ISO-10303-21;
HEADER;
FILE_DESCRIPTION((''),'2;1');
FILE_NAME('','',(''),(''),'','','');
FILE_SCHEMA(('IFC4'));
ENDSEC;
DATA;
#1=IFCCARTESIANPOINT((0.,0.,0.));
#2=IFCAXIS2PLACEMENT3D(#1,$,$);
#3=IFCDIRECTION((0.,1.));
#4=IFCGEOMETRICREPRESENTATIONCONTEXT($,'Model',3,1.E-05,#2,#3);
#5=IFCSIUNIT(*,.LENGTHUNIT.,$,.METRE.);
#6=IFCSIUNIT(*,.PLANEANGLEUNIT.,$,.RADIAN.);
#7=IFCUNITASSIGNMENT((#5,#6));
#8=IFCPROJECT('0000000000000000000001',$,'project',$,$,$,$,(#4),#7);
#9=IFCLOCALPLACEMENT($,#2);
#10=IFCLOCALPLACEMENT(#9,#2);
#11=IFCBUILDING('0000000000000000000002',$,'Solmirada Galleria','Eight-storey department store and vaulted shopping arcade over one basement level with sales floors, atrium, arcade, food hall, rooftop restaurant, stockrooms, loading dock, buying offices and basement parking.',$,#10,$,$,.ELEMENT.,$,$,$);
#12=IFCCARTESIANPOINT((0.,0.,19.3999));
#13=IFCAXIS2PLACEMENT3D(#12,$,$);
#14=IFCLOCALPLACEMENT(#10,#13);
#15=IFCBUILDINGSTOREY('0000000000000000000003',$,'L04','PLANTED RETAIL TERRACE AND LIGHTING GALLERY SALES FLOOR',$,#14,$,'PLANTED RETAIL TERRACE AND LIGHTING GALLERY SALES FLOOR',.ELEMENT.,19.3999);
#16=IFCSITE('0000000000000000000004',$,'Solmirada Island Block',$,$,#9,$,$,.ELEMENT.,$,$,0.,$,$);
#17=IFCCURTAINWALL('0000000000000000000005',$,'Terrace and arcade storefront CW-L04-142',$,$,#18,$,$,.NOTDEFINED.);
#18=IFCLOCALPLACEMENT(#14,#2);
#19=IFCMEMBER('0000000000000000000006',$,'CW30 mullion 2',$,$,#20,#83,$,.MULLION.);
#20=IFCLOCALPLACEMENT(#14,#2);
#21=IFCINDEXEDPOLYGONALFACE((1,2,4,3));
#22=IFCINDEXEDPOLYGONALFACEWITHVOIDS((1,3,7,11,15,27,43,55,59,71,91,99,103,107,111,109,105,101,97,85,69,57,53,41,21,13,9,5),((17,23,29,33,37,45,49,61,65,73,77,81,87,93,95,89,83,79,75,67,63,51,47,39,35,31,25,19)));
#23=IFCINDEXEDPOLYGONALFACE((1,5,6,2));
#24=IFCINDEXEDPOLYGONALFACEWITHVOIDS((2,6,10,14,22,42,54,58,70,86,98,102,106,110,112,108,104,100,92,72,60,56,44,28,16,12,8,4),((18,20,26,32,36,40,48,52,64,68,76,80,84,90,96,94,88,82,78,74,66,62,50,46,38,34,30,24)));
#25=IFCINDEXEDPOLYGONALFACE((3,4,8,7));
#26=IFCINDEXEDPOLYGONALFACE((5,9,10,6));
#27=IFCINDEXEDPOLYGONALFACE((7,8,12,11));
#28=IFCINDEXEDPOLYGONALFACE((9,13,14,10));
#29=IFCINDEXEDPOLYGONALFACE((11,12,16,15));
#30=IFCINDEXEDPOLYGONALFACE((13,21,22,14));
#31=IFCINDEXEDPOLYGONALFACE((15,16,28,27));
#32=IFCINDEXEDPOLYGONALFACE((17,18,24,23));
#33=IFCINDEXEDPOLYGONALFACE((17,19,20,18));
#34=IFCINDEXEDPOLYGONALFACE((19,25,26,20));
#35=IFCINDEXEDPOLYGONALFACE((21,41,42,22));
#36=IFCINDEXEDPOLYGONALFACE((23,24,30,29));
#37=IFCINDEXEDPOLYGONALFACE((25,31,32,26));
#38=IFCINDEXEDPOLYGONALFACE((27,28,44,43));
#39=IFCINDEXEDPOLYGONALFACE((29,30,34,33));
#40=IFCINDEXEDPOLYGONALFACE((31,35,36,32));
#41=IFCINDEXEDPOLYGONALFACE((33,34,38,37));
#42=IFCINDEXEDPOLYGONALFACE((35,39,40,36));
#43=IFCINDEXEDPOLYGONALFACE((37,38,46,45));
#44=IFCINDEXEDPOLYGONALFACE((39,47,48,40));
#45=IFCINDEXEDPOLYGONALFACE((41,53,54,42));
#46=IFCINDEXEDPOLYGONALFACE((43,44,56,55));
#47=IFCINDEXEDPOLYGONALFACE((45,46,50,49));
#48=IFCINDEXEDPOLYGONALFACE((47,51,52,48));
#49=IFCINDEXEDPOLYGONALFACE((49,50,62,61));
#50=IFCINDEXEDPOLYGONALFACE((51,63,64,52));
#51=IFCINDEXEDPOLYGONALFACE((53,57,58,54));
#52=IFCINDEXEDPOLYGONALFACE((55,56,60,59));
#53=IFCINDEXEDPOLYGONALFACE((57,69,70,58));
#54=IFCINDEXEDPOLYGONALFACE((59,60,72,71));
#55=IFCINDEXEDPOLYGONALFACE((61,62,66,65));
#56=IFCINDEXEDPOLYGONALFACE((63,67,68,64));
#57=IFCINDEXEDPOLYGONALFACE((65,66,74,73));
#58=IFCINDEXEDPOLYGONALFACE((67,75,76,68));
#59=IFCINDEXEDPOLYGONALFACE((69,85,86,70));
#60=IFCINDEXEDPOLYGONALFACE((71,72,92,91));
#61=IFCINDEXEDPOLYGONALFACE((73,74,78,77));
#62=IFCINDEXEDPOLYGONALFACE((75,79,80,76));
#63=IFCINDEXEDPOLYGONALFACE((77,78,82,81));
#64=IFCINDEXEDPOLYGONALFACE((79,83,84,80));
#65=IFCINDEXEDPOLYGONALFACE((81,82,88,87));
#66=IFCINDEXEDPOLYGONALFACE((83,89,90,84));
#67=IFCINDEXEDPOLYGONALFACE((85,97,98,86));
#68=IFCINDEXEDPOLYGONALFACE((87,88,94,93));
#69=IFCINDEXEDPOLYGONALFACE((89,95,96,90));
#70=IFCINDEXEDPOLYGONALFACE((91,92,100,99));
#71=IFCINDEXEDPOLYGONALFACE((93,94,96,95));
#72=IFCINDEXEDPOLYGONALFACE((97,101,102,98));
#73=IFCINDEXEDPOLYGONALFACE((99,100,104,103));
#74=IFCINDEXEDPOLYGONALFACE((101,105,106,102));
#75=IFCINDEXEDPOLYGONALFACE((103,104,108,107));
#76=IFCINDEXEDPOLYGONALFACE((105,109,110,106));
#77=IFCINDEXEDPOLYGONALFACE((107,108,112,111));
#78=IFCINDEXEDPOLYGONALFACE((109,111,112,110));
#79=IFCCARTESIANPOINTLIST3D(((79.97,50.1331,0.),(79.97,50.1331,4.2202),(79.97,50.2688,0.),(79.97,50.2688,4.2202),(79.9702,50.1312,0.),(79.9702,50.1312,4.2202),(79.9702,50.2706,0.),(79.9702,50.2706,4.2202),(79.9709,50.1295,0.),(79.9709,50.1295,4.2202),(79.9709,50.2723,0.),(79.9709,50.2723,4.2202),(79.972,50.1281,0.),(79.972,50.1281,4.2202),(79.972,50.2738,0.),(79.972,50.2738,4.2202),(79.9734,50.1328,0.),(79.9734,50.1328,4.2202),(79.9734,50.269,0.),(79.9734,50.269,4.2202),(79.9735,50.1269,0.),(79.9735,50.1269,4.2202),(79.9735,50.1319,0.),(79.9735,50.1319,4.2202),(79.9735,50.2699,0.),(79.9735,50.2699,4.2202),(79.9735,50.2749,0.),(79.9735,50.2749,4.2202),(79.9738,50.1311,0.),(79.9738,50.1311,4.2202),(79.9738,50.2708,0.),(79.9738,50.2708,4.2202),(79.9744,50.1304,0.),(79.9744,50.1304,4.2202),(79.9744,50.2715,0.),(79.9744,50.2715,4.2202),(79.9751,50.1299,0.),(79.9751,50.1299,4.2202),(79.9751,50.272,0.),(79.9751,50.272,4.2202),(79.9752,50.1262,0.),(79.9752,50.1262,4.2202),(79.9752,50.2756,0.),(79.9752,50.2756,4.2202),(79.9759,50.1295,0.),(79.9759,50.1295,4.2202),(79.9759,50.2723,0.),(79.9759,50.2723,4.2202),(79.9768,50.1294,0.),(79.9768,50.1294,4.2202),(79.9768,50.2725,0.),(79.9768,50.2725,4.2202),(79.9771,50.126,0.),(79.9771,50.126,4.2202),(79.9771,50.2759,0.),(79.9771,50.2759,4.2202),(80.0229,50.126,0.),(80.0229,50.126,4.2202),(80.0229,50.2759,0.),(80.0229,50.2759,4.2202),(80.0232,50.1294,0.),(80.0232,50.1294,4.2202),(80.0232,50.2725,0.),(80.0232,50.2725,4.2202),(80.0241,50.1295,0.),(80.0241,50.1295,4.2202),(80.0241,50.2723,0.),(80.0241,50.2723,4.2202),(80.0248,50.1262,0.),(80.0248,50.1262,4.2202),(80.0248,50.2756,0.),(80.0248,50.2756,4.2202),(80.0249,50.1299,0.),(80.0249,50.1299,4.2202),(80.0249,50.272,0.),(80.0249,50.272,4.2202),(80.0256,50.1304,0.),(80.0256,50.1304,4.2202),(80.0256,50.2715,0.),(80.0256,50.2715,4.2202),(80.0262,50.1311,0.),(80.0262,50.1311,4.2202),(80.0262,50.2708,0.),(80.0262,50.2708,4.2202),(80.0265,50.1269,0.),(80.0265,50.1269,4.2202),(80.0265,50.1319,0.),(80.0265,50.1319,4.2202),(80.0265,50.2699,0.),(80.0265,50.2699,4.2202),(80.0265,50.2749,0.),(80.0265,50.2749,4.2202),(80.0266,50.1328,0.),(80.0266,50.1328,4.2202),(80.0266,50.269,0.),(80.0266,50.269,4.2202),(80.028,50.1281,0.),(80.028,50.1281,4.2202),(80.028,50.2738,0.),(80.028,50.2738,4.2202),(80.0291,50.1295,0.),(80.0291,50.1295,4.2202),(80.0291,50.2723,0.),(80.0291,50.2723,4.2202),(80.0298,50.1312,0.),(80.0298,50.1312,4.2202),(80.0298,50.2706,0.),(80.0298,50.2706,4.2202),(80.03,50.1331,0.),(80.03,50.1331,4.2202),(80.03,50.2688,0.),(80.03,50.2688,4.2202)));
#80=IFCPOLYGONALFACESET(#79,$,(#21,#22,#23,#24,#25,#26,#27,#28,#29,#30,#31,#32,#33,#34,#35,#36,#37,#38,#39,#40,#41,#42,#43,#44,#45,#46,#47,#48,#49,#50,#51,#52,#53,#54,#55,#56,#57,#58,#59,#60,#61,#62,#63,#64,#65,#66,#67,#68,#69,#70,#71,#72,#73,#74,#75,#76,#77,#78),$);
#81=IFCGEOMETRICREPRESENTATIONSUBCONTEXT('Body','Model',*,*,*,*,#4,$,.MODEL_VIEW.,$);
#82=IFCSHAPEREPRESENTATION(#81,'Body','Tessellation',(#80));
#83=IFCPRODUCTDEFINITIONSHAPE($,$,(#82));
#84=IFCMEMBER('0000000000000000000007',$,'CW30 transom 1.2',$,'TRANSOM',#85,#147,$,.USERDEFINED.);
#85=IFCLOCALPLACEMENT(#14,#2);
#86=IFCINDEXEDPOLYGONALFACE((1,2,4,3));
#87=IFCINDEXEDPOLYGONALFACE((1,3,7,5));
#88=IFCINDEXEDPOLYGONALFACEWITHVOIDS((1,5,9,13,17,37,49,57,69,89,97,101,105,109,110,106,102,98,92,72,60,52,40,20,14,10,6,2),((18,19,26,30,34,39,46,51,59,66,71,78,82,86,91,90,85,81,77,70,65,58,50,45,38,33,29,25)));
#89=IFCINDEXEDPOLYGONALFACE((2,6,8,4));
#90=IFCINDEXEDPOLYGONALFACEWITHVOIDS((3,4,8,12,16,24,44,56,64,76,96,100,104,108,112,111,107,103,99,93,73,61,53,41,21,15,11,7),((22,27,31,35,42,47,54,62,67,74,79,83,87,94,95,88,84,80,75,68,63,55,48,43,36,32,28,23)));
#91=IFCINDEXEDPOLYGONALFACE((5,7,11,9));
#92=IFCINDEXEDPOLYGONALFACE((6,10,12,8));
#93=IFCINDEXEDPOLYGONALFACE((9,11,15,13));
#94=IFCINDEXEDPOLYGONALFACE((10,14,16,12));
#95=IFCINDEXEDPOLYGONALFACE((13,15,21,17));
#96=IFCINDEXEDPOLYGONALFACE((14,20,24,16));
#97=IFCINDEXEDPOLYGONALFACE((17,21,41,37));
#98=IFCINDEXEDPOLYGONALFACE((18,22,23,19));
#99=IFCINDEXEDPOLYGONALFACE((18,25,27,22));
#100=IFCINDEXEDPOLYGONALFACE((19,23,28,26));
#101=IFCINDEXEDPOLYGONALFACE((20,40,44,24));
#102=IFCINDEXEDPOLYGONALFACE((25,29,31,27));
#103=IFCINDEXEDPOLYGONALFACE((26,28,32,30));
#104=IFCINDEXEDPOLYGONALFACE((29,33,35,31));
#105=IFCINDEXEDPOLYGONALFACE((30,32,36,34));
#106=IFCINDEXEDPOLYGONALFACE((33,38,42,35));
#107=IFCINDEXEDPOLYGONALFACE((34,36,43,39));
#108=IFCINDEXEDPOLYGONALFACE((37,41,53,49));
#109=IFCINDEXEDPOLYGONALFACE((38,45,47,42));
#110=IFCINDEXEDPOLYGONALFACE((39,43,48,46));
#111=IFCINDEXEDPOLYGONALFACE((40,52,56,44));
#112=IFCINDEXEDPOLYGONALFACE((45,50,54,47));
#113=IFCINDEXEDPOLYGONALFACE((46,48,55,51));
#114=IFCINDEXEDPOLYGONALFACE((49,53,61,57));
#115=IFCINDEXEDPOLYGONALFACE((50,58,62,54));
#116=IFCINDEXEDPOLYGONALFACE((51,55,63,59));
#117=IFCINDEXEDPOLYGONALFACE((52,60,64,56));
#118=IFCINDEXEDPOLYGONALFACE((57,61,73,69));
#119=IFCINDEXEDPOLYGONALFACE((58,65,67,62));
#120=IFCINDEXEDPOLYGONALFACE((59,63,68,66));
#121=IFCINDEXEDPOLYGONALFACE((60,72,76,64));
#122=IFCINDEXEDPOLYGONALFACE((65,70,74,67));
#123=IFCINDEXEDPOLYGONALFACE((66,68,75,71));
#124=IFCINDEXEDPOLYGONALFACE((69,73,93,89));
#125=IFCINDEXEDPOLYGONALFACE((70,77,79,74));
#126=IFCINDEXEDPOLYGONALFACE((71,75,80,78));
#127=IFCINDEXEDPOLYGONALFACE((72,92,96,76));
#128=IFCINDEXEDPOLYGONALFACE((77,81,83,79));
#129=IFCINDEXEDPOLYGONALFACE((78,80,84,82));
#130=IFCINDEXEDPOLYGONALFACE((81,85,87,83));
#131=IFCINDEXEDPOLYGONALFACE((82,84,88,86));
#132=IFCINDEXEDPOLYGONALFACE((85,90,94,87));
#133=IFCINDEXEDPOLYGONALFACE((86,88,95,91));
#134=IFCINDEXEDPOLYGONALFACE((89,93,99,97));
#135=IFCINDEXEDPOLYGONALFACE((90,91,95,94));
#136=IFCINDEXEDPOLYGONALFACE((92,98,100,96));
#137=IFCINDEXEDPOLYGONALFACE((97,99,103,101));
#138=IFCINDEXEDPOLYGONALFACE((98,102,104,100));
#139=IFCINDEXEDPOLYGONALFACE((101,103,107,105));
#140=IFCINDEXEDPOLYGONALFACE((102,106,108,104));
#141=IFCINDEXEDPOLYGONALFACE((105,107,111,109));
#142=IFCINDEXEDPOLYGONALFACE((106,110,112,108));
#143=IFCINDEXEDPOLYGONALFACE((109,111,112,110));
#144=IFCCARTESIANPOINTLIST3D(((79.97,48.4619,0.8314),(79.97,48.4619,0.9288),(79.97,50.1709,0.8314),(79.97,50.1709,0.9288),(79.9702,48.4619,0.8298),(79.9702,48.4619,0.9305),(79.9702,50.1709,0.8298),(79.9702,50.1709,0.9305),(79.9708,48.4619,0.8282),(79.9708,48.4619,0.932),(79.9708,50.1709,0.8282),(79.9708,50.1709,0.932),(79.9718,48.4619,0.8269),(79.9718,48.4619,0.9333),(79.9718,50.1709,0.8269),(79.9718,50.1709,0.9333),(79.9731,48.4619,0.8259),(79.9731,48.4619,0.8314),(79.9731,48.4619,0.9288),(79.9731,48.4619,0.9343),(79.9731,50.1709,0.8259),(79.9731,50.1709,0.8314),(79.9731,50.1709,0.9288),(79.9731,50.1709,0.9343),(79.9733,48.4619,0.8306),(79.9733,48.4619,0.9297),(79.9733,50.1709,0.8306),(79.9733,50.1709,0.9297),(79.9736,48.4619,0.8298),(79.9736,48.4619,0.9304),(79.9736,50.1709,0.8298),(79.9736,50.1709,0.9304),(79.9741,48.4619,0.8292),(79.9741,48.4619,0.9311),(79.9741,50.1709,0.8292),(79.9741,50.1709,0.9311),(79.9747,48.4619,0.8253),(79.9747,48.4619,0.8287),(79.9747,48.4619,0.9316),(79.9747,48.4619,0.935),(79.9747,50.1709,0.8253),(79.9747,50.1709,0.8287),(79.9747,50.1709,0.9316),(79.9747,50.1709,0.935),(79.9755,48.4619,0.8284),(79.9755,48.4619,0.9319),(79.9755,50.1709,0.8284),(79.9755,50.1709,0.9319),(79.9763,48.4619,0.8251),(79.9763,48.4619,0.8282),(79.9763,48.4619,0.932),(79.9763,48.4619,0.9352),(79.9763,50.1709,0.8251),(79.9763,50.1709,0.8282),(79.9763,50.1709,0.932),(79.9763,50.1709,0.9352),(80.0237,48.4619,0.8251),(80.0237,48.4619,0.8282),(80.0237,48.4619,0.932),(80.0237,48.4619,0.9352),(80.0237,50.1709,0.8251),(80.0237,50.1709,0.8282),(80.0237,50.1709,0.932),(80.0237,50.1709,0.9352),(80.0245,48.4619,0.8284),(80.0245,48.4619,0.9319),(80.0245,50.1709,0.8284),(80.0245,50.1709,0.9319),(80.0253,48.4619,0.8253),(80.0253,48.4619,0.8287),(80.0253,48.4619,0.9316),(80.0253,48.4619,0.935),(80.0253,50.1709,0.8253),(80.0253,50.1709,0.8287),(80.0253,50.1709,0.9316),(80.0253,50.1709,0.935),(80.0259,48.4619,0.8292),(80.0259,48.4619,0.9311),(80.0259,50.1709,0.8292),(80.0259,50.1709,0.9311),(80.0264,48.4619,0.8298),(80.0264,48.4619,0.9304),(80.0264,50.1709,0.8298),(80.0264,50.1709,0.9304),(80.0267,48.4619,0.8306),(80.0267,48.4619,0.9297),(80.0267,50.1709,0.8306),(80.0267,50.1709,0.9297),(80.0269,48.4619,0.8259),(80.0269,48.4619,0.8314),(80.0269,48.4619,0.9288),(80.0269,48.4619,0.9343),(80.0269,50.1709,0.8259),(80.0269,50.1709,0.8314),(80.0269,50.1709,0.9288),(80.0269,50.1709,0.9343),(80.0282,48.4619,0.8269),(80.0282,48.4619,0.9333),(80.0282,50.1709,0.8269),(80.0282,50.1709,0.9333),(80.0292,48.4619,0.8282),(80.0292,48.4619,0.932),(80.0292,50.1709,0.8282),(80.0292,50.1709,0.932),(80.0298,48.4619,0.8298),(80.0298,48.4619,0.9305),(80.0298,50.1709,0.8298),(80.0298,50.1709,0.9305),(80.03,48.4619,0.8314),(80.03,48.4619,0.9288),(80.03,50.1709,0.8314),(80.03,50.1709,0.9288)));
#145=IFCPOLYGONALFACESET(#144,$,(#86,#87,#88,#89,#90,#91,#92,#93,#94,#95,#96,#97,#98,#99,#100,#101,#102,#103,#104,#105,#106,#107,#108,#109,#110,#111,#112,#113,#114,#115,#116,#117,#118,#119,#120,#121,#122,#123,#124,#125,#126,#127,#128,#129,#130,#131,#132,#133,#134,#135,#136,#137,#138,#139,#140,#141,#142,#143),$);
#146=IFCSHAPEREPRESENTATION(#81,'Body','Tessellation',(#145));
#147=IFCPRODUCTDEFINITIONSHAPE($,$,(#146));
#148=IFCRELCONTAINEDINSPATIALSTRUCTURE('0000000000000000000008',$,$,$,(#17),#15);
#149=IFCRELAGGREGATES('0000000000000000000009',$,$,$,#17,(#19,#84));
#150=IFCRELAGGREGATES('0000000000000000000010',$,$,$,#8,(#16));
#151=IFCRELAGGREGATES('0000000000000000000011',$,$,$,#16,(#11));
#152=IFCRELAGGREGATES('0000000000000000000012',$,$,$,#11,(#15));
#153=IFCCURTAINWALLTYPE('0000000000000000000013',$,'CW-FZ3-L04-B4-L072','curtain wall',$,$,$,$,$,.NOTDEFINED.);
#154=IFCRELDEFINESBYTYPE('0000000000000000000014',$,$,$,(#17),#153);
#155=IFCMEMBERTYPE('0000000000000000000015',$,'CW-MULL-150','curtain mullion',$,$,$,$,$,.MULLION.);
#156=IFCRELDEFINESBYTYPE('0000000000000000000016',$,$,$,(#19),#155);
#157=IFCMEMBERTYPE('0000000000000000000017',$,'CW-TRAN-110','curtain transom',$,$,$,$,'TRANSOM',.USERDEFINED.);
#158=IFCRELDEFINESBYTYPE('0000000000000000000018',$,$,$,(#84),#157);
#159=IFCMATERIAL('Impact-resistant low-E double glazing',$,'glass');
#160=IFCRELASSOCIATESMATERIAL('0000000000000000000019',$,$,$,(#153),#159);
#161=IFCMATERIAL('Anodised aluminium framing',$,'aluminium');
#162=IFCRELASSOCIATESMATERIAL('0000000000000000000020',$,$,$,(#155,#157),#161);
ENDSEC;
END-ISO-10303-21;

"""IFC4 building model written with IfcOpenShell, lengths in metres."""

from ifc_helpers import new_model, si_unit, direction, frame, origin, origin_2d, place, context, subcontext, project, spatial, hollow_rectangle, extrude, material, material_profile, profile_set, type_object, element, aggregate, save


model = new_model("IFC4")

# Units and contexts
model_context = context("Model", 3, precision=1e-05, world=origin(), true_north=direction((0.0, 1.0)))
body_context = subcontext(model_context, "Body", "Model", "MODEL_VIEW")
ifc_project = project(units=[si_unit("LENGTHUNIT", "METRE"), si_unit("PLANEANGLEUNIT", "RADIAN")], contexts=[model_context])

# Site, building, storey
site_placement = place(None, origin())
site = spatial("IfcSite", under=ifc_project, at=site_placement, Name="Solmirada Island Block", CompositionType="ELEMENT", RefElevation=0.0)
building_placement = place(site_placement, origin())
building = spatial("IfcBuilding", under=site, at=building_placement, Name="Solmirada Galleria", Description="Eight-storey department store and vaulted shopping arcade over one basement level with sales floors, atrium, arcade, food hall, rooftop restaurant, stockrooms, loading dock, buying offices and basement parking.", CompositionType="ELEMENT")
storey_placement = place(building_placement, frame((0.0, 0.0, 19.3999)))
storey = spatial("IfcBuildingStorey", under=building, at=storey_placement, Name="L04", Description="PLANTED RETAIL TERRACE AND LIGHTING GALLERY SALES FLOOR", LongName="PLANTED RETAIL TERRACE AND LIGHTING GALLERY SALES FLOOR", CompositionType="ELEMENT", Elevation=19.3999)

# Shared definitions
ifc_material_1 = material(Name="Impact-resistant low-E double glazing", Category="glass")
curtain_wall_type = type_object("IfcCurtainWallType", Name="CW-FZ3-L04-B4-L072", Description="curtain wall", PredefinedType="NOTDEFINED", material=ifc_material_1)
ifc_material_2 = material(Name="Anodised aluminium framing", Category="aluminium")
ifc_material_profile_1 = material_profile(ifc_material_2, hollow_rectangle(XDim=0.0601, YDim=0.1499, WallThickness=0.0034, InnerFilletRadius=0.0034, OuterFilletRadius=0.0071, at=origin_2d()), Name="ALU-MULL-150X60")
ifc_profile_set_1 = profile_set([ifc_material_profile_1], Name="Anodised aluminium framing")
member_type_1 = type_object("IfcMemberType", Name="CW-MULL-150", Description="curtain mullion", PredefinedType="MULLION", material=ifc_profile_set_1)

# Curtain wall, members
curtain_wall_1_placement = place(storey_placement, origin())
curtain_wall_1 = element("IfcCurtainWall", 1, at=curtain_wall_1_placement, inside=storey, type_object=curtain_wall_type, Name="Terrace and arcade storefront CW-L04-142", PredefinedType="NOTDEFINED")
member_1_placement = place(storey_placement, frame((80.0, 50.2009, 0.0), z_axis=(0.0, 0.0, 1.0), x_axis=(-1.0, 0.0, 0.0)))
member_1 = element("IfcMember", 2, at=member_1_placement, type_object=member_type_1, Name="CW30 mullion 2", PredefinedType="MULLION", context=body_context, shape_type="SweptSolid", body=[
    extrude(hollow_rectangle(XDim=0.0601, YDim=0.1499, WallThickness=0.0034, InnerFilletRadius=0.0034, OuterFilletRadius=0.0071, at=origin_2d()), origin(), (0.0, 0.0, 1.0), 4.2202),
])
ifc_material_profile_2 = material_profile(ifc_material_2, hollow_rectangle(XDim=0.0601, YDim=0.1101, WallThickness=0.0032, InnerFilletRadius=0.0032, OuterFilletRadius=0.0063, at=origin_2d()), Name="ALU-TRAN-110X60")
ifc_profile_set_2 = profile_set([ifc_material_profile_2], Name="Anodised aluminium framing")
member_type_2 = type_object("IfcMemberType", Name="CW-TRAN-110", Description="curtain transom", ElementType="TRANSOM", PredefinedType="USERDEFINED", material=ifc_profile_set_2)
member_2_placement = place(storey_placement, frame((80.0, 48.4619, 0.8801), z_axis=(0.0, 1.0, 0.0), x_axis=(-1.0, 0.0, 0.0)))
member_2 = element("IfcMember", 3, at=member_2_placement, type_object=member_type_2, Name="CW30 transom 1.2", ObjectType="TRANSOM", PredefinedType="USERDEFINED", context=body_context, shape_type="SweptSolid", body=[
    extrude(hollow_rectangle(XDim=0.0601, YDim=0.1101, WallThickness=0.0032, InnerFilletRadius=0.0032, OuterFilletRadius=0.0063, at=origin_2d()), origin(), (0.0, 0.0, 1.0), 1.709),
])

aggregate(curtain_wall_1, [member_1, member_2])

save(model, "model.ifc")
